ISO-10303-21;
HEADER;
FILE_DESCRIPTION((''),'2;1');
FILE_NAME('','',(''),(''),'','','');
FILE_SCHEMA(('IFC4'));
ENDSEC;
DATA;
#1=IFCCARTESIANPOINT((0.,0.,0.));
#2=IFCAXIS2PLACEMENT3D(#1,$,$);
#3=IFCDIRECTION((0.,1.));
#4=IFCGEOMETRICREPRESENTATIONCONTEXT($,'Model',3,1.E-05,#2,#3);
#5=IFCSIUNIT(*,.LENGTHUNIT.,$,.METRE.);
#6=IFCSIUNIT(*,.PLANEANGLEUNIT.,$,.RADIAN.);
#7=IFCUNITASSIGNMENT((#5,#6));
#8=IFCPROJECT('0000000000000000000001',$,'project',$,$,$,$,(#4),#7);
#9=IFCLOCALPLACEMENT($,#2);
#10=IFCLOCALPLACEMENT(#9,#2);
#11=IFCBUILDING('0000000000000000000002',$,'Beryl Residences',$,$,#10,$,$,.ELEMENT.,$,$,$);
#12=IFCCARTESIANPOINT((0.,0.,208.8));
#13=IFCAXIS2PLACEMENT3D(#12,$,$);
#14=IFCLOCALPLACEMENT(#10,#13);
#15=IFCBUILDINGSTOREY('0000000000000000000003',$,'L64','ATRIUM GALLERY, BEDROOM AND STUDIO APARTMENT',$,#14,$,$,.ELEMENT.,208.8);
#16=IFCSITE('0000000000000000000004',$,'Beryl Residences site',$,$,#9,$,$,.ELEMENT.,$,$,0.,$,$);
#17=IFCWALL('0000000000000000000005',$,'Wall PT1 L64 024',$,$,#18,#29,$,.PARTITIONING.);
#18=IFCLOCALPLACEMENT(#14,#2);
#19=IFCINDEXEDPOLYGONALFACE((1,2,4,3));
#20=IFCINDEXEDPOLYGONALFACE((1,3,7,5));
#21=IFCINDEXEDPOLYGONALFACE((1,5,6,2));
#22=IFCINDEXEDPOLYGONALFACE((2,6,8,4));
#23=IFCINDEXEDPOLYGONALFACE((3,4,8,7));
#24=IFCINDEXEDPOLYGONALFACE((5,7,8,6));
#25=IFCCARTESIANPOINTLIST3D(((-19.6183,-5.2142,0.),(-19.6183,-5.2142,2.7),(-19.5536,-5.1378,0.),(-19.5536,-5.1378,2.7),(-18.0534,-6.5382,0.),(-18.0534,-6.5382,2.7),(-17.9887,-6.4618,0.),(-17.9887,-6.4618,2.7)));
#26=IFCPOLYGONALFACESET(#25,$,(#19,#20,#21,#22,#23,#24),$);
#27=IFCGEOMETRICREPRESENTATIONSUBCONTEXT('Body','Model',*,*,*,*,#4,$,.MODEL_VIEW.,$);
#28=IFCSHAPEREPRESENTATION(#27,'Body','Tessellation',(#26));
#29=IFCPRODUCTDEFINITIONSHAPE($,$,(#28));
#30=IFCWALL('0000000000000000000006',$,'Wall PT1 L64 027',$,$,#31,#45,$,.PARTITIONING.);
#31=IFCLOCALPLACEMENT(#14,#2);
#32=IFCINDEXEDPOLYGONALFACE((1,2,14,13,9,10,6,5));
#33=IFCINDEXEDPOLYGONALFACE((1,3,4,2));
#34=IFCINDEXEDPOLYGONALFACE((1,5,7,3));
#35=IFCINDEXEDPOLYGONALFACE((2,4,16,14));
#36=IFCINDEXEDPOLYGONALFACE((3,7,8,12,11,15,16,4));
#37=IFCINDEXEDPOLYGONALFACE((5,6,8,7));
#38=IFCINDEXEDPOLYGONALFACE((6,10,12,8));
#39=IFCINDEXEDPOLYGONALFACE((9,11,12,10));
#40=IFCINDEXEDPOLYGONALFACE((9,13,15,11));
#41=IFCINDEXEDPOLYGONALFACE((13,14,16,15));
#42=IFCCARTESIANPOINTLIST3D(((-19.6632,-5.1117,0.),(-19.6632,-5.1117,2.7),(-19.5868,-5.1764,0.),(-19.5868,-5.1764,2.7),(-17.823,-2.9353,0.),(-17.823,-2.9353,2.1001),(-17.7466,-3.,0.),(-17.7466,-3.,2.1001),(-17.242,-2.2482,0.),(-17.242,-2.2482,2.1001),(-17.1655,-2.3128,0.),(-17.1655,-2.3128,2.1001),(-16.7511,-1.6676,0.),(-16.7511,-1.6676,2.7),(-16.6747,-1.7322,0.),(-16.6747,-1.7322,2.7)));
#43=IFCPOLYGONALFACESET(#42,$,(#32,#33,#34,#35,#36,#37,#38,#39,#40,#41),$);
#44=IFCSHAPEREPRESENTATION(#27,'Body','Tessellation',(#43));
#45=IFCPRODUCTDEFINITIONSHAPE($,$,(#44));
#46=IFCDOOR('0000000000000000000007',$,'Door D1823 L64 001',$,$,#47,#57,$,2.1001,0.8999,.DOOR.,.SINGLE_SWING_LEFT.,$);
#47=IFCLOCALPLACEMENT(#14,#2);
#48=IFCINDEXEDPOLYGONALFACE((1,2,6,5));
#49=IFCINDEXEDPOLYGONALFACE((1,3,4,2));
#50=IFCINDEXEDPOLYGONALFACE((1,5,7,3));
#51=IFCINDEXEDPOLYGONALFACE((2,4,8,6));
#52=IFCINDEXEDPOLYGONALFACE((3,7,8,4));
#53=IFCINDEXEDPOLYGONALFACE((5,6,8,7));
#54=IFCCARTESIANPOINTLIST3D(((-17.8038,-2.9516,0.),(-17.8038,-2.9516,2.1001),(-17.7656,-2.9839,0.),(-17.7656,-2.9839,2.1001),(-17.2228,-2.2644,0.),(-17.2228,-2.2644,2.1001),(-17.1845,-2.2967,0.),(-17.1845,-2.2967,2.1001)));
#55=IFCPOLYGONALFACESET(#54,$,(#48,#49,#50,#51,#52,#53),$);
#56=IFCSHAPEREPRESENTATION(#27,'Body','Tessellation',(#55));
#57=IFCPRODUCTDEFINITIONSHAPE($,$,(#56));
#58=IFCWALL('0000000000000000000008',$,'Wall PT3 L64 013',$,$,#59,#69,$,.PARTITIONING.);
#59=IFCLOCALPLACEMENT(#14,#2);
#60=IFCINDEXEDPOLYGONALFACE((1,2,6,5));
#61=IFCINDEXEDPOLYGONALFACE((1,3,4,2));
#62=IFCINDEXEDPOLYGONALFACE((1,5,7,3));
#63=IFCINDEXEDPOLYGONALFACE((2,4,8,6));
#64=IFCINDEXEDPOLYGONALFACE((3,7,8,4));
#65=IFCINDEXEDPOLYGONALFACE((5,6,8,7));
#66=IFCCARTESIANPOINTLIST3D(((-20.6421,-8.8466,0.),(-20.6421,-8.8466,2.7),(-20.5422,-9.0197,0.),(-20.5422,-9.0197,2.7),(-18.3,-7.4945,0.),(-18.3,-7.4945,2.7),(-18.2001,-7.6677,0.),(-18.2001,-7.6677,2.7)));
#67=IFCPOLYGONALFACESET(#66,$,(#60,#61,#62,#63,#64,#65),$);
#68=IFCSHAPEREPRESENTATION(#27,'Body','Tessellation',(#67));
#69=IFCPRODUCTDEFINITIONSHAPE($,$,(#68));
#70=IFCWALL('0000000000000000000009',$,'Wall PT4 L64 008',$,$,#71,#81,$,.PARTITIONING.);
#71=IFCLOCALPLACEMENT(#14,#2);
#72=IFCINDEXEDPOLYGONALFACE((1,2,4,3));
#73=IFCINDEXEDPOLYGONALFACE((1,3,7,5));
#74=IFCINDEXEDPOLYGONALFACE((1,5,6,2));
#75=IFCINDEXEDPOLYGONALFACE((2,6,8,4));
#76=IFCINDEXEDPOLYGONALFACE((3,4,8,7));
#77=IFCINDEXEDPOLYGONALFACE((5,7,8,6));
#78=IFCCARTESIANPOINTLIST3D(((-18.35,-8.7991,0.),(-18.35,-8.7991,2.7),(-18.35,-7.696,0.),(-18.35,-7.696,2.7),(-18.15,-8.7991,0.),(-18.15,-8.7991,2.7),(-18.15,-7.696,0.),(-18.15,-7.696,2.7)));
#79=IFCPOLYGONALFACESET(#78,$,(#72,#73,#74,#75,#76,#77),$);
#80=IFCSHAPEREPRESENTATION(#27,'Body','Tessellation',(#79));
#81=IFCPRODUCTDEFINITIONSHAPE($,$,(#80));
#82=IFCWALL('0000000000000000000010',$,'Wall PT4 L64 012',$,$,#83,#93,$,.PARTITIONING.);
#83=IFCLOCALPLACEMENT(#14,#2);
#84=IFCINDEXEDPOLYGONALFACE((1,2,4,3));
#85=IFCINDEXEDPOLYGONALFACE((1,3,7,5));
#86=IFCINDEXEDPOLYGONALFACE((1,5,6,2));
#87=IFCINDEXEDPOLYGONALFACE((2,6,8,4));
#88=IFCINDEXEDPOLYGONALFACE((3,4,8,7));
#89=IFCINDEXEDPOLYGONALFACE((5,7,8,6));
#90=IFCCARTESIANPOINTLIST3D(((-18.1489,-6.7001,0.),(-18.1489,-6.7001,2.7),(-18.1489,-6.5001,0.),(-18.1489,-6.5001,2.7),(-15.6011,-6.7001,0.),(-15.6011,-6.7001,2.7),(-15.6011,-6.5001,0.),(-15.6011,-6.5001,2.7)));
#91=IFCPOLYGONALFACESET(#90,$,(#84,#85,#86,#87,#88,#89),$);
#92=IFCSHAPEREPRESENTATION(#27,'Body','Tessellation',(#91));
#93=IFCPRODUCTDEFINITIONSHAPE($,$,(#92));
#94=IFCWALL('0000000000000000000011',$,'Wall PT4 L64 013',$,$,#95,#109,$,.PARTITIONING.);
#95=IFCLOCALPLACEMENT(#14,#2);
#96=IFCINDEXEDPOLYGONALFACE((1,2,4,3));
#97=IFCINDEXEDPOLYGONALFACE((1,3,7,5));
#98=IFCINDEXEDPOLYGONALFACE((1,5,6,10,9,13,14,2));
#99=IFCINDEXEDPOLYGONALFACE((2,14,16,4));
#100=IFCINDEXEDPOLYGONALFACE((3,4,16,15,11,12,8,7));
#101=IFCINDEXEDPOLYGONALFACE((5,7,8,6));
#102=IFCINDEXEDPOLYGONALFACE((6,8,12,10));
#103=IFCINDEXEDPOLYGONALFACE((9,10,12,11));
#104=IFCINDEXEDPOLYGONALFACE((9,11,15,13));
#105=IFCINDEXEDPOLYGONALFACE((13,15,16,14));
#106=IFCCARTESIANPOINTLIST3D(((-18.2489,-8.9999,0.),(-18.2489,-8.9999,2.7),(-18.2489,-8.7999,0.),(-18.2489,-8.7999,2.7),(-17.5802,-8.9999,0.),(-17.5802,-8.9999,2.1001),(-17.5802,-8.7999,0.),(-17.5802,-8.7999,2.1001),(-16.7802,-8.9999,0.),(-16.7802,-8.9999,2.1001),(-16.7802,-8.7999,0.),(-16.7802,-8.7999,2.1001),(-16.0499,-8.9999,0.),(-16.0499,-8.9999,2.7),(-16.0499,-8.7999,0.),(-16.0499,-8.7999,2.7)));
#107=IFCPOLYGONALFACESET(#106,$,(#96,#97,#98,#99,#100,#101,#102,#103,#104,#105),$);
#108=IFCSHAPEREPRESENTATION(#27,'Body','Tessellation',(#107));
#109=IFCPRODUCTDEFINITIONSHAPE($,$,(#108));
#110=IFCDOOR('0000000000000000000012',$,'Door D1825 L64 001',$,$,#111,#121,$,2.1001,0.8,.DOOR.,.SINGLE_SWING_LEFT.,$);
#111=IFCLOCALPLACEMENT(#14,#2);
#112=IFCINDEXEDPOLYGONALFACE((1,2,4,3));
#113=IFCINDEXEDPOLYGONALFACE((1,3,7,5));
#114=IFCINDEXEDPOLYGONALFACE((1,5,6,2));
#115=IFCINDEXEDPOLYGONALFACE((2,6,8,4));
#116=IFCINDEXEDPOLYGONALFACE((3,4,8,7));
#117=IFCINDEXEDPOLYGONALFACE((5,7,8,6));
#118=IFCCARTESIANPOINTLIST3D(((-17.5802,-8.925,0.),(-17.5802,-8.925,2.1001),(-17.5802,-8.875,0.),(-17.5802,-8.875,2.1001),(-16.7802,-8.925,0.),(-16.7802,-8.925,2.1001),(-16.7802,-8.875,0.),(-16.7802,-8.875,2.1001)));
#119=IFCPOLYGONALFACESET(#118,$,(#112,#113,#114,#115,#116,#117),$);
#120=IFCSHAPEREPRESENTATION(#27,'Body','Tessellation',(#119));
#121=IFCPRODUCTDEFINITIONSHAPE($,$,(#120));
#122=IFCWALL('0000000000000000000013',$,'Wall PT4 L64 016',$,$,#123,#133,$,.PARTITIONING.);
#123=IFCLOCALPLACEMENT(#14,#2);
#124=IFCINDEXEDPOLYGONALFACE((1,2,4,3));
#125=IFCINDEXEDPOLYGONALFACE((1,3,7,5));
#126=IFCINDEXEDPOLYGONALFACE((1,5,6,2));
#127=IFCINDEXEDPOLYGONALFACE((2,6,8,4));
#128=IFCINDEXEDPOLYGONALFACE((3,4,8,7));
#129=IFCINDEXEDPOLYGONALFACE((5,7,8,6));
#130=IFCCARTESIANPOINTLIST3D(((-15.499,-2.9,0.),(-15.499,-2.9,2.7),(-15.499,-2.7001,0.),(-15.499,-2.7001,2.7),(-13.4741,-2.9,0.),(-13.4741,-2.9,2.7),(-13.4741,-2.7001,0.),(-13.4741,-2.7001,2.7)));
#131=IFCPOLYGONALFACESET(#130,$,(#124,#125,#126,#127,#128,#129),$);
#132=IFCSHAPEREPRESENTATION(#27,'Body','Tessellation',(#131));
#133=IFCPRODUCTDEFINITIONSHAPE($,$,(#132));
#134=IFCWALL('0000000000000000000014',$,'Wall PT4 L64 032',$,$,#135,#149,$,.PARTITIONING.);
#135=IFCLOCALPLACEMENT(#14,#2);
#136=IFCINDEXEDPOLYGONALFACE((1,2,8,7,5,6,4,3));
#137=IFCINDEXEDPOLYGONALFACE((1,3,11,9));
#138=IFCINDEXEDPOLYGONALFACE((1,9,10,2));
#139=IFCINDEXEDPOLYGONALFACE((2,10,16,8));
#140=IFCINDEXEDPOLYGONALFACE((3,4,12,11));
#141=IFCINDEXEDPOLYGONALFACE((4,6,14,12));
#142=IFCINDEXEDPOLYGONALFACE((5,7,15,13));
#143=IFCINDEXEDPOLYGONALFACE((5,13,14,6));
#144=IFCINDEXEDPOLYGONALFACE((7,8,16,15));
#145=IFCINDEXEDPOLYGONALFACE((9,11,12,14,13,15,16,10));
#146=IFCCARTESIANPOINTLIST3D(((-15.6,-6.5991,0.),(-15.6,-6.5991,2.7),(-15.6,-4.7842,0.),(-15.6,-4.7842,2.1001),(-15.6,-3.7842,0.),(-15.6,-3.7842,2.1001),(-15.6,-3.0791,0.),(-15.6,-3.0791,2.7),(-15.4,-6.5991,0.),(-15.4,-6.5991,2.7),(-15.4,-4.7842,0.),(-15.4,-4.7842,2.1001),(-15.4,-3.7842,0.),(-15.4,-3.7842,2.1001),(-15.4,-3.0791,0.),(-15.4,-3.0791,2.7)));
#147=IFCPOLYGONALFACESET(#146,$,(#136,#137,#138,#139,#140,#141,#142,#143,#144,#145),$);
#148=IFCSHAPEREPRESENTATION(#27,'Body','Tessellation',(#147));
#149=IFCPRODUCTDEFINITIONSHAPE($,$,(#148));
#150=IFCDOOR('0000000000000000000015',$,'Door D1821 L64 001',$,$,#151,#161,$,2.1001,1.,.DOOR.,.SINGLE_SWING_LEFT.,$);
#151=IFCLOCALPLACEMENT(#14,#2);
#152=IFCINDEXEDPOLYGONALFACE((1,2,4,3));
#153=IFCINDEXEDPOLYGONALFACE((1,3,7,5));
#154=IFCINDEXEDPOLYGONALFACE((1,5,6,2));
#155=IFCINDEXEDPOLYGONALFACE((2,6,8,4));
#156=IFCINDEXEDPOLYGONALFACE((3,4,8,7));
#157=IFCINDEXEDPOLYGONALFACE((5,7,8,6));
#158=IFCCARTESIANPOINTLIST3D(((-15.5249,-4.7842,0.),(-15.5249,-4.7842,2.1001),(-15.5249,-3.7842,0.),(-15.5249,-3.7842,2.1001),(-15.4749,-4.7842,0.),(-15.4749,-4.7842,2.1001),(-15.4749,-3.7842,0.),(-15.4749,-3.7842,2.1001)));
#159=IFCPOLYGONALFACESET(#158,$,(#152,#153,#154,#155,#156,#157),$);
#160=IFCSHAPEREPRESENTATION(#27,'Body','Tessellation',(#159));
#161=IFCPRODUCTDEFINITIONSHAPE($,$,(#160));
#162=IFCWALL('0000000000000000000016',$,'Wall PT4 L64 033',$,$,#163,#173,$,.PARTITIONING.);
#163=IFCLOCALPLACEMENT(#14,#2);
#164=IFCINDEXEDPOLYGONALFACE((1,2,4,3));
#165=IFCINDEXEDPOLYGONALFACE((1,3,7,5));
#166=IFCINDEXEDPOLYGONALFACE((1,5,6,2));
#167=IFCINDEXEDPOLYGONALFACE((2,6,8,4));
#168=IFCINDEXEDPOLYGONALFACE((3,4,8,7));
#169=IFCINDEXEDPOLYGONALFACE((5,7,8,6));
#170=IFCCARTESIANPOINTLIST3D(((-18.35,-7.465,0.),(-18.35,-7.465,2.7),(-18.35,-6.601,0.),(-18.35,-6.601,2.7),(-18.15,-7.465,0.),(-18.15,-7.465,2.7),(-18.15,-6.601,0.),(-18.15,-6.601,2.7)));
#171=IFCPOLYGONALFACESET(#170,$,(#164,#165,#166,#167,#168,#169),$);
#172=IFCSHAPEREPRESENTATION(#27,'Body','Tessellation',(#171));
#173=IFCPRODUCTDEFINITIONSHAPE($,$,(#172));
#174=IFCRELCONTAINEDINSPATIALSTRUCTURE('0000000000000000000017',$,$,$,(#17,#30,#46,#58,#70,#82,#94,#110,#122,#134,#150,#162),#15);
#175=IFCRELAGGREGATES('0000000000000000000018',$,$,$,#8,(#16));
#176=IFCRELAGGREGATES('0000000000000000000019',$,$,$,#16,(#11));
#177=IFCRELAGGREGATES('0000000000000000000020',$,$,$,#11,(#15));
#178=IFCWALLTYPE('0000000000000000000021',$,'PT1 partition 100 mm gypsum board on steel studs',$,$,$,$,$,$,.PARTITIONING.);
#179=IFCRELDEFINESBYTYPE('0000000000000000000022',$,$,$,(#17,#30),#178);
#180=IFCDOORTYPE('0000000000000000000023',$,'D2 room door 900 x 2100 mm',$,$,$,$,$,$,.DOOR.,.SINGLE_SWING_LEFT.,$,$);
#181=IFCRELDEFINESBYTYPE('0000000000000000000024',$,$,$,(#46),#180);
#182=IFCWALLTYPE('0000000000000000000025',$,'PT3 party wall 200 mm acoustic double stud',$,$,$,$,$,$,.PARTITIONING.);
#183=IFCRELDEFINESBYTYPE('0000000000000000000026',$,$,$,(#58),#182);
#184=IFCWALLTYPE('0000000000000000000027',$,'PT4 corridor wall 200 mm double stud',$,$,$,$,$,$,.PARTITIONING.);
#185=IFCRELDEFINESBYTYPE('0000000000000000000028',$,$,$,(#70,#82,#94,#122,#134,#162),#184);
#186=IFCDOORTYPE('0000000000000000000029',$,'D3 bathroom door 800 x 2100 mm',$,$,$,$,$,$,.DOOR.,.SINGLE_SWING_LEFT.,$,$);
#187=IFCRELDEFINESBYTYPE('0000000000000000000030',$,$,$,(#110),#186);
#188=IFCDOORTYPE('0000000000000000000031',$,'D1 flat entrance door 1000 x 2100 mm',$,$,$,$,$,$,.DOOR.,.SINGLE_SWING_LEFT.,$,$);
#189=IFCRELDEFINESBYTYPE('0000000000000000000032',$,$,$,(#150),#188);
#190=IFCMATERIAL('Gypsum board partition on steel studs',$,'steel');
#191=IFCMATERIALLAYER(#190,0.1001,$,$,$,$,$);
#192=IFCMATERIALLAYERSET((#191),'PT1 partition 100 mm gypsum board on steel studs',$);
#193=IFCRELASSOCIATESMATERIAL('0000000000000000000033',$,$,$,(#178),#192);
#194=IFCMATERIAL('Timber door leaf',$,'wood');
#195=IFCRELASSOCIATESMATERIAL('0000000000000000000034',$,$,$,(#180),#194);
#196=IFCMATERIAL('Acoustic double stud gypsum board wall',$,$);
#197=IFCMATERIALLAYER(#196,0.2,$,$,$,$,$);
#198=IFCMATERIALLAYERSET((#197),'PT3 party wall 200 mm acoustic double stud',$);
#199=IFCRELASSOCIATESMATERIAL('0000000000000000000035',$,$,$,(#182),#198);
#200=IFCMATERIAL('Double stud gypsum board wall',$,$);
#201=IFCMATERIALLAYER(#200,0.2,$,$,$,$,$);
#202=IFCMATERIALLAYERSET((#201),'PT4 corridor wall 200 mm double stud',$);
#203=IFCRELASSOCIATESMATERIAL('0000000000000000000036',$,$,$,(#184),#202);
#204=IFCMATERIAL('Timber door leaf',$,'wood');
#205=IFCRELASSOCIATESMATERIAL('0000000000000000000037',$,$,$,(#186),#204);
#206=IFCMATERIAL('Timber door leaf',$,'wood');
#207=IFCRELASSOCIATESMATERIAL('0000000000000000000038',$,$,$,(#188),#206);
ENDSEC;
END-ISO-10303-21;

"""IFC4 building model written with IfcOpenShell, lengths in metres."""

from ifc_helpers import new_model, si_unit, direction, frame, frame_2d, origin, place, context, subcontext, project, spatial, rectangle, extrude, material, layer, layer_set, type_object, element, fill, save


model = new_model("IFC4")

# Units and contexts
model_context = context("Model", 3, precision=1e-05, world=origin(), true_north=direction((0.0, 1.0)))
body_context = subcontext(model_context, "Body", "Model", "MODEL_VIEW")
ifc_project = project(units=[si_unit("LENGTHUNIT", "METRE"), si_unit("PLANEANGLEUNIT", "RADIAN")], contexts=[model_context])

# Site, building, storey
site_placement = place(None, origin())
site = spatial("IfcSite", under=ifc_project, at=site_placement, Name="Beryl Residences site", CompositionType="ELEMENT", RefElevation=0.0)
building_placement = place(site_placement, origin())
building = spatial("IfcBuilding", under=site, at=building_placement, Name="Beryl Residences", CompositionType="ELEMENT")
storey_placement = place(building_placement, frame((0.0, 0.0, 208.8)))
storey = spatial("IfcBuildingStorey", under=building, at=storey_placement, Name="L64", Description="ATRIUM GALLERY, BEDROOM AND STUDIO APARTMENT", CompositionType="ELEMENT", Elevation=208.8)

# Shared definitions
ifc_material_1 = material(Name="Gypsum board partition on steel studs", Category="steel")
ifc_layer_1 = layer(ifc_material_1, 0.1001)
ifc_layer_set_1 = layer_set([ifc_layer_1], Name="PT1 partition 100 mm gypsum board on steel studs")
wall_type_1 = type_object("IfcWallType", Name="PT1 partition 100 mm gypsum board on steel studs", PredefinedType="PARTITIONING", material=ifc_layer_set_1)
ifc_material_2 = material(Name="Timber door leaf", Category="wood")
door_type_1 = type_object("IfcDoorType", Name="D2 room door 900 x 2100 mm", OperationType="SINGLE_SWING_LEFT", PredefinedType="DOOR", material=ifc_material_2)

# Wall
wall_1_placement = place(storey_placement, frame((-19.5859, -5.176, 0.0), z_axis=(0.0, 0.0, 1.0), x_axis=(0.763436, -0.645884, 0.0)))
element("IfcWall", 1, at=wall_1_placement, inside=storey, type_object=wall_type_1, Name="Wall PT1 L64 024", PredefinedType="PARTITIONING", context=body_context, shape_type="SweptSolid", body=[
    extrude(rectangle(XDim=2.0498, YDim=0.1001, at=frame_2d((1.0249, 0.0))), origin(), (0.0, 0.0, 1.0), 2.7),
])

# Wall, opening, door
wall_2_placement = place(storey_placement, frame((-19.625, -5.144, 0.0), z_axis=(0.0, 0.0, 1.0), x_axis=(0.645668, 0.763618, 0.0)))
wall_2 = element("IfcWall", 2, at=wall_2_placement, inside=storey, type_object=wall_type_1, Name="Wall PT1 L64 027", PredefinedType="PARTITIONING", context=body_context, shape_type="SweptSolid", body=[
    extrude(rectangle(XDim=4.5103, YDim=0.1001, at=frame_2d((2.2551, 0.0))), origin(), (0.0, 0.0, 1.0), 2.7),
])
opening_1_placement = place(wall_2_placement, frame((2.8501, 0.0, 0.0)))
opening_1 = element("IfcOpeningElement", 3, at=opening_1_placement, cuts=wall_2, PredefinedType="OPENING", context=body_context, shape_type="SweptSolid", body=[
    extrude(rectangle(XDim=0.8999, YDim=2.1001, at=frame_2d((0.45, 1.05))), frame((0.0, 0.0601, 0.0), z_axis=(0.0, -1.0, 0.0), x_axis=(1.0, 0.0, 0.0)), (0.0, 0.0, 1.0), 0.1201),
])
door_1_placement = place(opening_1_placement, origin())
door_1 = element("IfcDoor", 4, at=door_1_placement, inside=storey, type_object=door_type_1, Name="Door D1823 L64 001", OperationType="SINGLE_SWING_LEFT", OverallHeight=2.1001, OverallWidth=0.8999, PredefinedType="DOOR", context=body_context, shape_type="SweptSolid", body=[
    extrude(rectangle(XDim=0.8999, YDim=2.1001, at=frame_2d((0.45, 1.05))), frame((0.0, 0.0249, 0.0), z_axis=(0.0, -1.0, 0.0), x_axis=(1.0, 0.0, 0.0)), (0.0, 0.0, 1.0), 0.05),
])
fill(opening_1, door_1)

# Walls
ifc_material_3 = material(Name="Acoustic double stud gypsum board wall")
ifc_layer_2 = layer(ifc_material_3, 0.2)
ifc_layer_set_2 = layer_set([ifc_layer_2], Name="PT3 party wall 200 mm acoustic double stud")
wall_type_2 = type_object("IfcWallType", Name="PT3 party wall 200 mm acoustic double stud", PredefinedType="PARTITIONING", material=ifc_layer_set_2)
wall_3_placement = place(storey_placement, frame((-20.592, -8.9331, 0.0), z_axis=(0.0, 0.0, 1.0), x_axis=(0.866046, 0.499965, 0.0)))
element("IfcWall", 5, at=wall_3_placement, inside=storey, type_object=wall_type_2, Name="Wall PT3 L64 013", PredefinedType="PARTITIONING", context=body_context, shape_type="SweptSolid", body=[
    extrude(rectangle(XDim=2.7043, YDim=0.2, at=frame_2d((1.3521, 0.0))), origin(), (0.0, 0.0, 1.0), 2.7),
])
ifc_material_4 = material(Name="Double stud gypsum board wall")
ifc_layer_3 = layer(ifc_material_4, 0.2)
ifc_layer_set_3 = layer_set([ifc_layer_3], Name="PT4 corridor wall 200 mm double stud")
wall_type_3 = type_object("IfcWallType", Name="PT4 corridor wall 200 mm double stud", PredefinedType="PARTITIONING", material=ifc_layer_set_3)
wall_4_placement = place(storey_placement, frame((-18.25, -7.696, 0.0), z_axis=(0.0, 0.0, 1.0), x_axis=(0.0, -1.0, 0.0)))
element("IfcWall", 6, at=wall_4_placement, inside=storey, type_object=wall_type_3, Name="Wall PT4 L64 008", PredefinedType="PARTITIONING", context=body_context, shape_type="SweptSolid", body=[
    extrude(rectangle(XDim=1.103, YDim=0.2, at=frame_2d((0.5515, 0.0))), origin(), (0.0, 0.0, 1.0), 2.7),
])
wall_5_placement = place(storey_placement, frame((-18.1489, -6.6001, 0.0), z_axis=(0.0, 0.0, 1.0), x_axis=(1.0, 0.0, 0.0)))
element("IfcWall", 7, at=wall_5_placement, inside=storey, type_object=wall_type_3, Name="Wall PT4 L64 012", PredefinedType="PARTITIONING", context=body_context, shape_type="SweptSolid", body=[
    extrude(rectangle(XDim=2.5479, YDim=0.2, at=frame_2d((1.2739, 0.0))), origin(), (0.0, 0.0, 1.0), 2.7),
])

# Wall, opening, door
wall_6_placement = place(storey_placement, frame((-18.249, -8.8999, 0.0), z_axis=(0.0, 0.0, 1.0), x_axis=(1.0, 0.0, 0.0)))
wall_6 = element("IfcWall", 8, at=wall_6_placement, inside=storey, type_object=wall_type_3, Name="Wall PT4 L64 013", PredefinedType="PARTITIONING", context=body_context, shape_type="SweptSolid", body=[
    extrude(rectangle(XDim=2.199, YDim=0.2, at=frame_2d((1.0996, 0.0))), origin(), (0.0, 0.0, 1.0), 2.7),
])
opening_2_placement = place(wall_6_placement, frame((0.6689, 0.0, 0.0)))
opening_2 = element("IfcOpeningElement", 9, at=opening_2_placement, cuts=wall_6, PredefinedType="OPENING", context=body_context, shape_type="SweptSolid", body=[
    extrude(rectangle(XDim=0.8, YDim=2.1001, at=frame_2d((0.3999, 1.05))), frame((0.0, 0.1099, 0.0), z_axis=(0.0, -1.0, 0.0), x_axis=(1.0, 0.0, 0.0)), (0.0, 0.0, 1.0), 0.22),
])
ifc_material_5 = material(Name="Timber door leaf", Category="wood")
door_type_2 = type_object("IfcDoorType", Name="D3 bathroom door 800 x 2100 mm", OperationType="SINGLE_SWING_LEFT", PredefinedType="DOOR", material=ifc_material_5)
door_2_placement = place(opening_2_placement, origin())
door_2 = element("IfcDoor", 10, at=door_2_placement, inside=storey, type_object=door_type_2, Name="Door D1825 L64 001", OperationType="SINGLE_SWING_LEFT", OverallHeight=2.1001, OverallWidth=0.8, PredefinedType="DOOR", context=body_context, shape_type="SweptSolid", body=[
    extrude(rectangle(XDim=0.8, YDim=2.1001, at=frame_2d((0.3999, 1.05))), frame((0.0, 0.0249, 0.0), z_axis=(0.0, -1.0, 0.0), x_axis=(1.0, 0.0, 0.0)), (0.0, 0.0, 1.0), 0.05),
])
fill(opening_2, door_2)

# Wall
wall_7_placement = place(storey_placement, frame((-15.499, -2.8, 0.0), z_axis=(0.0, 0.0, 1.0), x_axis=(1.0, 0.0, 0.0)))
element("IfcWall", 11, at=wall_7_placement, inside=storey, type_object=wall_type_3, Name="Wall PT4 L64 016", PredefinedType="PARTITIONING", context=body_context, shape_type="SweptSolid", body=[
    extrude(rectangle(XDim=2.0249, YDim=0.2, at=frame_2d((1.0125, 0.0))), origin(), (0.0, 0.0, 1.0), 2.7),
])

# Wall, opening, door
wall_8_placement = place(storey_placement, frame((-15.5, -6.5991, 0.0), z_axis=(0.0, 0.0, 1.0), x_axis=(0.0, 1.0, 0.0)))
wall_8 = element("IfcWall", 12, at=wall_8_placement, inside=storey, type_object=wall_type_3, Name="Wall PT4 L64 032", PredefinedType="PARTITIONING", context=body_context, shape_type="SweptSolid", body=[
    extrude(rectangle(XDim=3.52, YDim=0.2, at=frame_2d((1.76, 0.0))), origin(), (0.0, 0.0, 1.0), 2.7),
])
opening_3_placement = place(wall_8_placement, frame((1.8149, 0.0, 0.0)))
opening_3 = element("IfcOpeningElement", 13, at=opening_3_placement, cuts=wall_8, PredefinedType="OPENING", context=body_context, shape_type="SweptSolid", body=[
    extrude(rectangle(XDim=1.0, YDim=2.1001, at=frame_2d((0.5, 1.05))), frame((0.0, 0.1099, 0.0), z_axis=(0.0, -1.0, 0.0), x_axis=(1.0, 0.0, 0.0)), (0.0, 0.0, 1.0), 0.22),
])
ifc_material_6 = material(Name="Timber door leaf", Category="wood")
door_type_3 = type_object("IfcDoorType", Name="D1 flat entrance door 1000 x 2100 mm", OperationType="SINGLE_SWING_LEFT", PredefinedType="DOOR", material=ifc_material_6)
door_3_placement = place(opening_3_placement, origin())
door_3 = element("IfcDoor", 14, at=door_3_placement, inside=storey, type_object=door_type_3, Name="Door D1821 L64 001", OperationType="SINGLE_SWING_LEFT", OverallHeight=2.1001, OverallWidth=1.0, PredefinedType="DOOR", context=body_context, shape_type="SweptSolid", body=[
    extrude(rectangle(XDim=1.0, YDim=2.1001, at=frame_2d((0.5, 1.05))), frame((0.0, 0.0249, 0.0), z_axis=(0.0, -1.0, 0.0), x_axis=(1.0, 0.0, 0.0)), (0.0, 0.0, 1.0), 0.05),
])
fill(opening_3, door_3)

# Wall
wall_9_placement = place(storey_placement, frame((-18.25, -7.4651, 0.0), z_axis=(0.0, 0.0, 1.0), x_axis=(0.0, 1.0, 0.0)))
element("IfcWall", 15, at=wall_9_placement, inside=storey, type_object=wall_type_3, Name="Wall PT4 L64 033", PredefinedType="PARTITIONING", context=body_context, shape_type="SweptSolid", body=[
    extrude(rectangle(XDim=0.864, YDim=0.2, at=frame_2d((0.4321, 0.0))), origin(), (0.0, 0.0, 1.0), 2.7),
])

save(model, "model.ifc")
